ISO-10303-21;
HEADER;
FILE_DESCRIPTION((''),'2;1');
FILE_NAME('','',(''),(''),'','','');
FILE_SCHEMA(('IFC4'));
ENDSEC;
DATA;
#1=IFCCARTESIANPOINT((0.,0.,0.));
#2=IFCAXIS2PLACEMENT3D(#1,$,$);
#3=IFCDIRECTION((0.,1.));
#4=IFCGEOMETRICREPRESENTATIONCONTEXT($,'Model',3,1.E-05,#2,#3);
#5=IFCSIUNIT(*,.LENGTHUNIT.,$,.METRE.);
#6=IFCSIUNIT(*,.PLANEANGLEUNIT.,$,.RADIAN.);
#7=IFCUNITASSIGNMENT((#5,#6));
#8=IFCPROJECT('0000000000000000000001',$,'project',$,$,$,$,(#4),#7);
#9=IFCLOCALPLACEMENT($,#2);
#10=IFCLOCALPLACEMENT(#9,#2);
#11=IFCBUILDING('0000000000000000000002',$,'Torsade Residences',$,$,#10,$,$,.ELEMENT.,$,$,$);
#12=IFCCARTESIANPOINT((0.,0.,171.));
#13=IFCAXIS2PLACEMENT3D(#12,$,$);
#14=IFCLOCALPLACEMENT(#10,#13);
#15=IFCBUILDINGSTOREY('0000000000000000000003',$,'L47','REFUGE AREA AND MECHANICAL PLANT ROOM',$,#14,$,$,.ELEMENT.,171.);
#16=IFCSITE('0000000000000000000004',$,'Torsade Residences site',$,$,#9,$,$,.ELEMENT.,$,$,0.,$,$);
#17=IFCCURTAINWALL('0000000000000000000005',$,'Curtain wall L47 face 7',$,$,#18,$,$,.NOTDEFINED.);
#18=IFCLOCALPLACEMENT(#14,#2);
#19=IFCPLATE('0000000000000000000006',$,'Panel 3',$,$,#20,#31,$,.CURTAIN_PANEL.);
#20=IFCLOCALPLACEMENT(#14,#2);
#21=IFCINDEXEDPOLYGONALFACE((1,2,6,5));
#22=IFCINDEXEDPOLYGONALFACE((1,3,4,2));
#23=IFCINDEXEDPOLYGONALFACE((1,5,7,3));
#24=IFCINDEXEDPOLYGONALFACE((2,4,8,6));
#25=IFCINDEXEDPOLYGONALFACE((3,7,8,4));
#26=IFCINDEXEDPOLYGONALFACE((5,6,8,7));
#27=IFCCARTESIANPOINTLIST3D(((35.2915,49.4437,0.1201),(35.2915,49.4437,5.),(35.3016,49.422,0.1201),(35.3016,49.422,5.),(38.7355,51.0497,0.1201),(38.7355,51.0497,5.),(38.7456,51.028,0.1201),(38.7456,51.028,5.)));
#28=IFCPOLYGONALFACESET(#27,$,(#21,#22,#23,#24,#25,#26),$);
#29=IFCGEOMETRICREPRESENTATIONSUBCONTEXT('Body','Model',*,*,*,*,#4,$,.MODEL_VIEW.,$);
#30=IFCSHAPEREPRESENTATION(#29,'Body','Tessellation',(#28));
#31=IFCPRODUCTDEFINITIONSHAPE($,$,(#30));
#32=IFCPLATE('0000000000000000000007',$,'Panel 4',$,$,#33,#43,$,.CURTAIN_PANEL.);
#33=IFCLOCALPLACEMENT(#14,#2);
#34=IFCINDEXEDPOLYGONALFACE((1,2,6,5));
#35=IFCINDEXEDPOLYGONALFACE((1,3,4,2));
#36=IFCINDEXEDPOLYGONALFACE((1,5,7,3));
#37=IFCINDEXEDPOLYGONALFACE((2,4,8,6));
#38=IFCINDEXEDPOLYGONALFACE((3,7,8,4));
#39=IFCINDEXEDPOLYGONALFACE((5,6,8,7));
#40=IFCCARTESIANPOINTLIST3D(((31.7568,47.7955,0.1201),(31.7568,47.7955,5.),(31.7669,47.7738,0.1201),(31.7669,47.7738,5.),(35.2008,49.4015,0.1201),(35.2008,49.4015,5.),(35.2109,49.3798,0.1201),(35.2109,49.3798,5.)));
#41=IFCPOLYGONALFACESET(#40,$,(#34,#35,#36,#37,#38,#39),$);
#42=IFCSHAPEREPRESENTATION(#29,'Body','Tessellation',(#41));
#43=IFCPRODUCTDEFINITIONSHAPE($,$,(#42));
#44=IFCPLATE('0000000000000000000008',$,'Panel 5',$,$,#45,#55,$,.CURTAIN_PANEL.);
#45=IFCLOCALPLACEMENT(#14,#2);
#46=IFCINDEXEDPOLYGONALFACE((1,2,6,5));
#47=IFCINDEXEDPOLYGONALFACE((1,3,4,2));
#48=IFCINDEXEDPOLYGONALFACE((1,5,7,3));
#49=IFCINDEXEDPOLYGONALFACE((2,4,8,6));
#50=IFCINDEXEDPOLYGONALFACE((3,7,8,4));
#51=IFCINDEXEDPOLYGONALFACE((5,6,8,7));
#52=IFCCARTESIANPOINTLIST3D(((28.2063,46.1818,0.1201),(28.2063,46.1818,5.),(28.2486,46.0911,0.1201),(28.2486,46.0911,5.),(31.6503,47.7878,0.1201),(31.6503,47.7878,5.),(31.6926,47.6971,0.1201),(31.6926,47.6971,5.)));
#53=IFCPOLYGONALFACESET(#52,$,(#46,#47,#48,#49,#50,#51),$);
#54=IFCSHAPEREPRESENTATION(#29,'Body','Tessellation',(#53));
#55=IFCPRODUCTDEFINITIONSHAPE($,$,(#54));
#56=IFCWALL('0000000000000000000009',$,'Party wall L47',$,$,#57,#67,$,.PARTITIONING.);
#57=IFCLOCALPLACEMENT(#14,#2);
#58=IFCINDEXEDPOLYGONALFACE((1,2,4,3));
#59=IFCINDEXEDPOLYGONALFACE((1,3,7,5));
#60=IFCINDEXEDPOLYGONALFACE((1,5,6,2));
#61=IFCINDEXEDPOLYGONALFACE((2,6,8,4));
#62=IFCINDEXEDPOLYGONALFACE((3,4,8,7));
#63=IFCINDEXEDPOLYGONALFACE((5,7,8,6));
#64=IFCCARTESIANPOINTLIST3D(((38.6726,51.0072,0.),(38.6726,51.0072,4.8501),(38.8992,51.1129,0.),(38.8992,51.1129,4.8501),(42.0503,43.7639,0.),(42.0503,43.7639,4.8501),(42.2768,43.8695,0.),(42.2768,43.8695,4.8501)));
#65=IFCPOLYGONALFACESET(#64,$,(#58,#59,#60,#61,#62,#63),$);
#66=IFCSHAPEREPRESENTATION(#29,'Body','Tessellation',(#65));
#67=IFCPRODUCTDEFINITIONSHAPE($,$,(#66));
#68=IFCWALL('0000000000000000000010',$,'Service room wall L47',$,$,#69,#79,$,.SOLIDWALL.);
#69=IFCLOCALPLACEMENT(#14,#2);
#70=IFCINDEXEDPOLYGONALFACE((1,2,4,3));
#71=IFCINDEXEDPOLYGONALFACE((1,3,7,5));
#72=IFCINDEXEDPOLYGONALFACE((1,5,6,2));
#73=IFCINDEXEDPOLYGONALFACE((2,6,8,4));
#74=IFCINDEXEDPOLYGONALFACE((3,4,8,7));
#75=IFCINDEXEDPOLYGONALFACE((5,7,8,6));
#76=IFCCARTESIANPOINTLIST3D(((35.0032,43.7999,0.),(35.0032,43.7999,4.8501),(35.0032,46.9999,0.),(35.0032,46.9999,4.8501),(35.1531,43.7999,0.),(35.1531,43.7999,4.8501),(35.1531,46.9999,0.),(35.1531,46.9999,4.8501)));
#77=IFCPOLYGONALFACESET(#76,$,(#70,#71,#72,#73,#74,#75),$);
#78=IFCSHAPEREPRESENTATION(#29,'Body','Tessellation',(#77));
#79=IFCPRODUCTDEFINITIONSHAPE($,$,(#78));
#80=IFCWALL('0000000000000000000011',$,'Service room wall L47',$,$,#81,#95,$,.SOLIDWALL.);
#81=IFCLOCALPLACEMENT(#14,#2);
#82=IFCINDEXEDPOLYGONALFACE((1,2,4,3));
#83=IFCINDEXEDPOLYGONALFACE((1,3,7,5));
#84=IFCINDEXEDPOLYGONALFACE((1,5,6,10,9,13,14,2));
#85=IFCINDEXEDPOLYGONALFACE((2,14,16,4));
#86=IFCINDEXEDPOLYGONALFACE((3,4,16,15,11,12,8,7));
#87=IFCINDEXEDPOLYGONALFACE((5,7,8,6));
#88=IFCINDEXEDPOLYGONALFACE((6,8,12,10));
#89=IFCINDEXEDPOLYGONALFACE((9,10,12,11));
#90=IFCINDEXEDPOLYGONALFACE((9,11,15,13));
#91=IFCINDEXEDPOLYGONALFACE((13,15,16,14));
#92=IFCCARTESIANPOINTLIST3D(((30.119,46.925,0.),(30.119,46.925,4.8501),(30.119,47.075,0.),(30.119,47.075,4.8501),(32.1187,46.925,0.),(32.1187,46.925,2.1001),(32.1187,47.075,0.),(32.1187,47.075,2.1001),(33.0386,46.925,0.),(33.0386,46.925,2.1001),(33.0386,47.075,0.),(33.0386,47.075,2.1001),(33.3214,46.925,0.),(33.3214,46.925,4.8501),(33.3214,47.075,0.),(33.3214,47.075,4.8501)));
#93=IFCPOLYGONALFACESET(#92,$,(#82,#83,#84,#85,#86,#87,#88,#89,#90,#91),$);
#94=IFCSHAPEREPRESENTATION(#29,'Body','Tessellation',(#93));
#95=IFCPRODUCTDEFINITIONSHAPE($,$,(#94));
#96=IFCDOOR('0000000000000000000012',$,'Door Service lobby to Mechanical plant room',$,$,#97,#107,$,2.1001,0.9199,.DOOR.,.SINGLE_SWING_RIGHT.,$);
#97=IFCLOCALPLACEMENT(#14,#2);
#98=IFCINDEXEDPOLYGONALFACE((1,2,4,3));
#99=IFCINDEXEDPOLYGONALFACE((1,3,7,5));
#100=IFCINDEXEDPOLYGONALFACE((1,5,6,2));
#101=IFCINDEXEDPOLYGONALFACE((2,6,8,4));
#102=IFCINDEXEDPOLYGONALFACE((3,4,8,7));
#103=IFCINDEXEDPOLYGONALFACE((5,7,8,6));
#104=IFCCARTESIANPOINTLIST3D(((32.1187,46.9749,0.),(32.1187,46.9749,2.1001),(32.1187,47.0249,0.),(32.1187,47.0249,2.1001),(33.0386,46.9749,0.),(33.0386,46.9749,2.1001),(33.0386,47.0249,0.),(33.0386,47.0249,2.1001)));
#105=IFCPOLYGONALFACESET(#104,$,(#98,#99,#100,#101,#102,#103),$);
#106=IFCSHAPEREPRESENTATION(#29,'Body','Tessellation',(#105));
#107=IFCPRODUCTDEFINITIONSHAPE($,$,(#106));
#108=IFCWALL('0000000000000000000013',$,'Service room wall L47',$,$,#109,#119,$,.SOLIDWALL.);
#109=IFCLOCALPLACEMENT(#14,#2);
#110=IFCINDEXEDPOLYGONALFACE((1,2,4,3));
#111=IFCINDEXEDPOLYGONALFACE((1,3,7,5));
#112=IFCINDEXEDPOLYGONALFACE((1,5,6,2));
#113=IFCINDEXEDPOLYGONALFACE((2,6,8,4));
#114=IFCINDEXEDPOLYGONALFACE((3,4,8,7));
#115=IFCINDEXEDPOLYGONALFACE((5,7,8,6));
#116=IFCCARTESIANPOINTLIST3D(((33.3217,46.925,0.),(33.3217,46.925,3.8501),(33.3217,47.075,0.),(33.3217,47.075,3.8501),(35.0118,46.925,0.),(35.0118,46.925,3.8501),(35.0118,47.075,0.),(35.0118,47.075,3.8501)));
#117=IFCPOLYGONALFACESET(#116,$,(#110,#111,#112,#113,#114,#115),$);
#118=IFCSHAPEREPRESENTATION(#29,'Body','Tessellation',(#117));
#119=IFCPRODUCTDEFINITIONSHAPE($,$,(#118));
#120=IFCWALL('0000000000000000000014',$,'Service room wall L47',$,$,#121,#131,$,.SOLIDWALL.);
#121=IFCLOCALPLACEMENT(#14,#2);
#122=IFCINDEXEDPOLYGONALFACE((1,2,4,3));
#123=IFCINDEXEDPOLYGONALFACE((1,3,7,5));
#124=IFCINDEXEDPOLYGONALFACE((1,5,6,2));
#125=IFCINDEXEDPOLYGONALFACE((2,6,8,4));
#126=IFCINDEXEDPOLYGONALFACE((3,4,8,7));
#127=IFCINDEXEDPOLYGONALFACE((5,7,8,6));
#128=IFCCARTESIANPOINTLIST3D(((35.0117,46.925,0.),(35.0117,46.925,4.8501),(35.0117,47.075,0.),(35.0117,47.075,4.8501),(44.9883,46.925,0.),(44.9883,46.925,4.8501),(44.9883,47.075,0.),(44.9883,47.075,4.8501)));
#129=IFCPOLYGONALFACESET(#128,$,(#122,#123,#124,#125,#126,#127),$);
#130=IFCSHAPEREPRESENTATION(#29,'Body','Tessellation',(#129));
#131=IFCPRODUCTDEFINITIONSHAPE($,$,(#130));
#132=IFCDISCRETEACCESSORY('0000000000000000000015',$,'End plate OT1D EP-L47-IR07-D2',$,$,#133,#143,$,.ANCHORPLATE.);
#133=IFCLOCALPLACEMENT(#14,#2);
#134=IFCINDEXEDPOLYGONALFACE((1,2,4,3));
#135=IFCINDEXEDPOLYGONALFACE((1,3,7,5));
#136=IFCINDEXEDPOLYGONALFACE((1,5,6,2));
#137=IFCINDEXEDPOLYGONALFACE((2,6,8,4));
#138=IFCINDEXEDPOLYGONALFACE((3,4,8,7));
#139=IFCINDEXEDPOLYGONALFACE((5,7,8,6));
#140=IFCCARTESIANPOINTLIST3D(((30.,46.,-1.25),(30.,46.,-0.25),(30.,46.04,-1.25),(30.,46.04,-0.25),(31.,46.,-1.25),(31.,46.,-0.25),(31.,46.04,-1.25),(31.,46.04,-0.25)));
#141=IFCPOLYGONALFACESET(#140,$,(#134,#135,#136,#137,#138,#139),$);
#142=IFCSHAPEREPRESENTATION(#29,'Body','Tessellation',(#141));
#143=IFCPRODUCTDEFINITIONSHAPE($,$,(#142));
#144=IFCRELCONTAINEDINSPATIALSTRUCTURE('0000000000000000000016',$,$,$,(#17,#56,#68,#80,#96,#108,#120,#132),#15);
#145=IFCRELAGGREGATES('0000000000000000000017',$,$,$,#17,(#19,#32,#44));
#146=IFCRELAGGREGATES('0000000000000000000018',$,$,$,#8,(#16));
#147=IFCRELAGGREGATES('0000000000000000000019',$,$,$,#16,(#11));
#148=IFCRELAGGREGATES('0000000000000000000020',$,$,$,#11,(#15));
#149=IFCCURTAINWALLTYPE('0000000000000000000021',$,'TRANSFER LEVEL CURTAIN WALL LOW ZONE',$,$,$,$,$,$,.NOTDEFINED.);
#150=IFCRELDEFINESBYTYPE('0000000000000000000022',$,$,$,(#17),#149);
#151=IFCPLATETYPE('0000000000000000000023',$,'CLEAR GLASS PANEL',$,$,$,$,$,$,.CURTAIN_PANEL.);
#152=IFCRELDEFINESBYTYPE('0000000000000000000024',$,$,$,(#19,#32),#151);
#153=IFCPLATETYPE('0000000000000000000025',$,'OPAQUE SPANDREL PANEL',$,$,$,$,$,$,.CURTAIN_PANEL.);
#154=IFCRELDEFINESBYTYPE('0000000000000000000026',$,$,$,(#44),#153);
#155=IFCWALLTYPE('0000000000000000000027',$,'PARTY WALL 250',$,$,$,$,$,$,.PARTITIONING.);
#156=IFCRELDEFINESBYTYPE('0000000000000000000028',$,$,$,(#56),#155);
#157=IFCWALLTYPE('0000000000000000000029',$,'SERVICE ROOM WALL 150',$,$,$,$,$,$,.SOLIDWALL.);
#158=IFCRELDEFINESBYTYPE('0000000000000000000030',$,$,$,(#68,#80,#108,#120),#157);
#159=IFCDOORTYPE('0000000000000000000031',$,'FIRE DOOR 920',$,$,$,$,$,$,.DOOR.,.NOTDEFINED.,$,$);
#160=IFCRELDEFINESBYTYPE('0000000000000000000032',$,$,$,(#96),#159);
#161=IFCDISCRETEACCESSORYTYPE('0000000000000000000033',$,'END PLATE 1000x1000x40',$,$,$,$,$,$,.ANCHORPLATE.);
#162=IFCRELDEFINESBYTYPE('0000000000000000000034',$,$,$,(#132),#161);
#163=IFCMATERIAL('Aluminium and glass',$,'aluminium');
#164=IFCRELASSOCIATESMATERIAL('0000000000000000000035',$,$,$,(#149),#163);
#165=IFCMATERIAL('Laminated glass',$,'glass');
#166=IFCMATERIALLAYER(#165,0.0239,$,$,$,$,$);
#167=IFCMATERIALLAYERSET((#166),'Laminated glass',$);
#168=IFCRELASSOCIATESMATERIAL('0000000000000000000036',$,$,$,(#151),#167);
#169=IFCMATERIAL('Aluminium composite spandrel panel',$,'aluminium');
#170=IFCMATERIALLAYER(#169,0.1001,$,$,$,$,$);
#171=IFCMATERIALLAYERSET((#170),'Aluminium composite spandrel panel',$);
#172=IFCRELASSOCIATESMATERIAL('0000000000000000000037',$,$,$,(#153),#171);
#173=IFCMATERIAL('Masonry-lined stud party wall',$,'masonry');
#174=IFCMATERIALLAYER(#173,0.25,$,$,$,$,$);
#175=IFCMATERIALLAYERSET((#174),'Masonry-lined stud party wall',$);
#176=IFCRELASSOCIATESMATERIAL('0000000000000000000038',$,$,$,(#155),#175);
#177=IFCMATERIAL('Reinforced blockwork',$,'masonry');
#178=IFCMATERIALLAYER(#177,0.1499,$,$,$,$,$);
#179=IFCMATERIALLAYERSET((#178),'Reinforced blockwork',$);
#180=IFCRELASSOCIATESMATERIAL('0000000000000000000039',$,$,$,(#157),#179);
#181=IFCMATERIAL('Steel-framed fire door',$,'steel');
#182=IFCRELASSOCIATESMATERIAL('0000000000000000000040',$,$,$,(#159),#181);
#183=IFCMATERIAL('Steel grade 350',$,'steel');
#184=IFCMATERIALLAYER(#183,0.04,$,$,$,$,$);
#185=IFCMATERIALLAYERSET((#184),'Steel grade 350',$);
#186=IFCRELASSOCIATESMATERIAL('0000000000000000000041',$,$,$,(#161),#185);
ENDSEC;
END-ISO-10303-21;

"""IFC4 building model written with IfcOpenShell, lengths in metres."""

from ifc_helpers import new_model, si_unit, direction, frame, frame_2d, origin, origin_2d, place, context, subcontext, project, spatial, rectangle, extrude, material, layer, layer_set, type_object, element, fill, aggregate, save


model = new_model("IFC4")

# Units and contexts
model_context = context("Model", 3, precision=1e-05, world=origin(), true_north=direction((0.0, 1.0)))
body_context = subcontext(model_context, "Body", "Model", "MODEL_VIEW")
ifc_project = project(units=[si_unit("LENGTHUNIT", "METRE"), si_unit("PLANEANGLEUNIT", "RADIAN")], contexts=[model_context])

# Site, building, storey
site_placement = place(None, origin())
site = spatial("IfcSite", under=ifc_project, at=site_placement, Name="Torsade Residences site", CompositionType="ELEMENT", RefElevation=0.0)
building_placement = place(site_placement, origin())
building = spatial("IfcBuilding", under=site, at=building_placement, Name="Torsade Residences", CompositionType="ELEMENT")
storey_placement = place(building_placement, frame((0.0, 0.0, 171.0)))
storey = spatial("IfcBuildingStorey", under=building, at=storey_placement, Name="L47", Description="REFUGE AREA AND MECHANICAL PLANT ROOM", CompositionType="ELEMENT", Elevation=171.0)

# Curtain wall
ifc_material_1 = material(Name="Aluminium and glass", Category="aluminium")
curtain_wall_type = type_object("IfcCurtainWallType", Name="TRANSFER LEVEL CURTAIN WALL LOW ZONE", PredefinedType="NOTDEFINED", material=ifc_material_1)
curtain_wall_placement = place(storey_placement, origin())
curtain_wall = element("IfcCurtainWall", 1, at=curtain_wall_placement, inside=storey, type_object=curtain_wall_type, Name="Curtain wall L47 face 7", PredefinedType="NOTDEFINED")

# Plates
ifc_material_2 = material(Name="Laminated glass", Category="glass")
ifc_layer_1 = layer(ifc_material_2, 0.0239)
ifc_layer_set_1 = layer_set([ifc_layer_1], Name="Laminated glass")
plate_type_1 = type_object("IfcPlateType", Name="CLEAR GLASS PANEL", PredefinedType="CURTAIN_PANEL", material=ifc_layer_set_1)
plate_1_placement = place(storey_placement, frame((37.0186, 50.2358, 0.1201), z_axis=(0.0, 0.0, 1.0), x_axis=(-0.906308, -0.422618, 0.0)))
plate_1 = element("IfcPlate", 2, at=plate_1_placement, type_object=plate_type_1, Name="Panel 3", PredefinedType="CURTAIN_PANEL", context=body_context, shape_type="SweptSolid", body=[
    extrude(rectangle(XDim=3.8, YDim=0.0239, at=origin_2d()), origin(), (0.0, 0.0, 1.0), 4.8799),
])
plate_2_placement = place(storey_placement, frame((33.4839, 48.5876, 0.1201), z_axis=(0.0, 0.0, 1.0), x_axis=(-0.906308, -0.422618, 0.0)))
plate_2 = element("IfcPlate", 3, at=plate_2_placement, type_object=plate_type_1, Name="Panel 4", PredefinedType="CURTAIN_PANEL", context=body_context, shape_type="SweptSolid", body=[
    extrude(rectangle(XDim=3.8, YDim=0.0239, at=origin_2d()), origin(), (0.0, 0.0, 1.0), 4.8799),
])
ifc_material_3 = material(Name="Aluminium composite spandrel panel", Category="aluminium")
ifc_layer_2 = layer(ifc_material_3, 0.1001)
ifc_layer_set_2 = layer_set([ifc_layer_2], Name="Aluminium composite spandrel panel")
plate_type_2 = type_object("IfcPlateType", Name="OPAQUE SPANDREL PANEL", PredefinedType="CURTAIN_PANEL", material=ifc_layer_set_2)
plate_3_placement = place(storey_placement, frame((29.9495, 46.9395, 0.1201), z_axis=(0.0, 0.0, 1.0), x_axis=(-0.906308, -0.422618, 0.0)))
plate_3 = element("IfcPlate", 4, at=plate_3_placement, type_object=plate_type_2, Name="Panel 5", PredefinedType="CURTAIN_PANEL", context=body_context, shape_type="SweptSolid", body=[
    extrude(rectangle(XDim=3.8, YDim=0.1001, at=origin_2d()), origin(), (0.0, 0.0, 1.0), 4.8799),
])
aggregate(curtain_wall, [plate_1, plate_2, plate_3])

# Walls
ifc_material_4 = material(Name="Masonry-lined stud party wall", Category="masonry")
ifc_layer_3 = layer(ifc_material_4, 0.25)
ifc_layer_set_3 = layer_set([ifc_layer_3], Name="Masonry-lined stud party wall")
wall_type_1 = type_object("IfcWallType", Name="PARTY WALL 250", PredefinedType="PARTITIONING", material=ifc_layer_set_3)
wall_1_placement = place(storey_placement, frame((38.7859, 51.0601, 0.0), z_axis=(0.0, 0.0, 1.0), x_axis=(0.422621, -0.906306, 0.0)))
element("IfcWall", 5, at=wall_1_placement, inside=storey, type_object=wall_type_1, Name="Party wall L47", PredefinedType="PARTITIONING", context=body_context, shape_type="SweptSolid", body=[
    extrude(rectangle(XDim=7.9922, YDim=0.25, at=frame_2d((3.9961, 0.0))), origin(), (0.0, 0.0, 1.0), 4.8501),
])
ifc_material_5 = material(Name="Reinforced blockwork", Category="masonry")
ifc_layer_4 = layer(ifc_material_5, 0.1499)
ifc_layer_set_4 = layer_set([ifc_layer_4], Name="Reinforced blockwork")
wall_type_2 = type_object("IfcWallType", Name="SERVICE ROOM WALL 150", PredefinedType="SOLIDWALL", material=ifc_layer_set_4)
wall_2_placement = place(storey_placement, frame((35.0781, 47.0, 0.0), z_axis=(0.0, 0.0, 1.0), x_axis=(0.0, -1.0, 0.0)))
element("IfcWall", 6, at=wall_2_placement, inside=storey, type_object=wall_type_2, Name="Service room wall L47", PredefinedType="SOLIDWALL", context=body_context, shape_type="SweptSolid", body=[
    extrude(rectangle(XDim=3.2, YDim=0.1499, at=frame_2d((1.6001, 0.0))), origin(), (0.0, 0.0, 1.0), 4.8501),
])

# Wall, opening, door
wall_3_placement = place(storey_placement, frame((30.1191, 47.0, 0.0), z_axis=(0.0, 0.0, 1.0), x_axis=(1.0, 0.0, 0.0)))
wall_3 = element("IfcWall", 7, at=wall_3_placement, inside=storey, type_object=wall_type_2, Name="Service room wall L47", PredefinedType="SOLIDWALL", context=body_context, shape_type="SweptSolid", body=[
    extrude(rectangle(XDim=3.2024, YDim=0.1499, at=frame_2d((1.6011, 0.0))), origin(), (0.0, 0.0, 1.0), 4.8501),
])
opening_placement = place(wall_3_placement, frame((1.9995, 0.0, 0.0)))
opening = element("IfcOpeningElement", 8, at=opening_placement, cuts=wall_3, PredefinedType="OPENING", context=body_context, shape_type="SweptSolid", body=[
    extrude(rectangle(XDim=0.9199, YDim=2.1001, at=frame_2d((0.46, 1.05))), frame((0.0, 0.085, 0.0), z_axis=(0.0, -1.0, 0.0), x_axis=(1.0, 0.0, 0.0)), (0.0, 0.0, 1.0), 0.1699),
])
ifc_material_6 = material(Name="Steel-framed fire door", Category="steel")
door_type = type_object("IfcDoorType", Name="FIRE DOOR 920", OperationType="NOTDEFINED", PredefinedType="DOOR", material=ifc_material_6)
door_placement = place(opening_placement, origin())
door = element("IfcDoor", 9, at=door_placement, inside=storey, type_object=door_type, Name="Door Service lobby to Mechanical plant room", OperationType="SINGLE_SWING_RIGHT", OverallHeight=2.1001, OverallWidth=0.9199, PredefinedType="DOOR", context=body_context, shape_type="SweptSolid", body=[
    extrude(rectangle(XDim=0.9199, YDim=2.1001, at=frame_2d((0.46, 1.05))), frame((0.0, 0.0249, 0.0), z_axis=(0.0, -1.0, 0.0), x_axis=(1.0, 0.0, 0.0)), (0.0, 0.0, 1.0), 0.05),
])
fill(opening, door)

# Walls
wall_4_placement = place(storey_placement, frame((33.3215, 47.0, 0.0), z_axis=(0.0, 0.0, 1.0), x_axis=(1.0, 0.0, 0.0)))
element("IfcWall", 10, at=wall_4_placement, inside=storey, type_object=wall_type_2, Name="Service room wall L47", PredefinedType="SOLIDWALL", context=body_context, shape_type="SweptSolid", body=[
    extrude(rectangle(XDim=1.6902, YDim=0.1499, at=frame_2d((0.8452, 0.0))), origin(), (0.0, 0.0, 1.0), 3.8501),
])
wall_5_placement = place(storey_placement, frame((35.0117, 47.0, 0.0), z_axis=(0.0, 0.0, 1.0), x_axis=(1.0, 0.0, 0.0)))
element("IfcWall", 11, at=wall_5_placement, inside=storey, type_object=wall_type_2, Name="Service room wall L47", PredefinedType="SOLIDWALL", context=body_context, shape_type="SweptSolid", body=[
    extrude(rectangle(XDim=9.9766, YDim=0.1499, at=frame_2d((4.9883, 0.0))), origin(), (0.0, 0.0, 1.0), 4.8501),
])

# Discrete accessory
ifc_material_7 = material(Name="Steel grade 350", Category="steel")
ifc_layer_5 = layer(ifc_material_7, 0.04)
ifc_layer_set_5 = layer_set([ifc_layer_5], Name="Steel grade 350")
discrete_accessory_type = type_object("IfcDiscreteAccessoryType", Name="END PLATE 1000x1000x40", PredefinedType="ANCHORPLATE", material=ifc_layer_set_5)
discrete_accessory_placement = place(storey_placement, frame((30.5, 46.02, -1.25), z_axis=(0.0, 0.0, 1.0), x_axis=(1.0, 0.0, 0.0)))
element("IfcDiscreteAccessory", 12, at=discrete_accessory_placement, inside=storey, type_object=discrete_accessory_type, Name="End plate OT1D EP-L47-IR07-D2", PredefinedType="ANCHORPLATE", context=body_context, shape_type="SweptSolid", body=[
    extrude(rectangle(XDim=1.0, YDim=0.04, at=origin_2d()), origin(), (0.0, 0.0, 1.0), 1.0),
])

save(model, "model.ifc")
